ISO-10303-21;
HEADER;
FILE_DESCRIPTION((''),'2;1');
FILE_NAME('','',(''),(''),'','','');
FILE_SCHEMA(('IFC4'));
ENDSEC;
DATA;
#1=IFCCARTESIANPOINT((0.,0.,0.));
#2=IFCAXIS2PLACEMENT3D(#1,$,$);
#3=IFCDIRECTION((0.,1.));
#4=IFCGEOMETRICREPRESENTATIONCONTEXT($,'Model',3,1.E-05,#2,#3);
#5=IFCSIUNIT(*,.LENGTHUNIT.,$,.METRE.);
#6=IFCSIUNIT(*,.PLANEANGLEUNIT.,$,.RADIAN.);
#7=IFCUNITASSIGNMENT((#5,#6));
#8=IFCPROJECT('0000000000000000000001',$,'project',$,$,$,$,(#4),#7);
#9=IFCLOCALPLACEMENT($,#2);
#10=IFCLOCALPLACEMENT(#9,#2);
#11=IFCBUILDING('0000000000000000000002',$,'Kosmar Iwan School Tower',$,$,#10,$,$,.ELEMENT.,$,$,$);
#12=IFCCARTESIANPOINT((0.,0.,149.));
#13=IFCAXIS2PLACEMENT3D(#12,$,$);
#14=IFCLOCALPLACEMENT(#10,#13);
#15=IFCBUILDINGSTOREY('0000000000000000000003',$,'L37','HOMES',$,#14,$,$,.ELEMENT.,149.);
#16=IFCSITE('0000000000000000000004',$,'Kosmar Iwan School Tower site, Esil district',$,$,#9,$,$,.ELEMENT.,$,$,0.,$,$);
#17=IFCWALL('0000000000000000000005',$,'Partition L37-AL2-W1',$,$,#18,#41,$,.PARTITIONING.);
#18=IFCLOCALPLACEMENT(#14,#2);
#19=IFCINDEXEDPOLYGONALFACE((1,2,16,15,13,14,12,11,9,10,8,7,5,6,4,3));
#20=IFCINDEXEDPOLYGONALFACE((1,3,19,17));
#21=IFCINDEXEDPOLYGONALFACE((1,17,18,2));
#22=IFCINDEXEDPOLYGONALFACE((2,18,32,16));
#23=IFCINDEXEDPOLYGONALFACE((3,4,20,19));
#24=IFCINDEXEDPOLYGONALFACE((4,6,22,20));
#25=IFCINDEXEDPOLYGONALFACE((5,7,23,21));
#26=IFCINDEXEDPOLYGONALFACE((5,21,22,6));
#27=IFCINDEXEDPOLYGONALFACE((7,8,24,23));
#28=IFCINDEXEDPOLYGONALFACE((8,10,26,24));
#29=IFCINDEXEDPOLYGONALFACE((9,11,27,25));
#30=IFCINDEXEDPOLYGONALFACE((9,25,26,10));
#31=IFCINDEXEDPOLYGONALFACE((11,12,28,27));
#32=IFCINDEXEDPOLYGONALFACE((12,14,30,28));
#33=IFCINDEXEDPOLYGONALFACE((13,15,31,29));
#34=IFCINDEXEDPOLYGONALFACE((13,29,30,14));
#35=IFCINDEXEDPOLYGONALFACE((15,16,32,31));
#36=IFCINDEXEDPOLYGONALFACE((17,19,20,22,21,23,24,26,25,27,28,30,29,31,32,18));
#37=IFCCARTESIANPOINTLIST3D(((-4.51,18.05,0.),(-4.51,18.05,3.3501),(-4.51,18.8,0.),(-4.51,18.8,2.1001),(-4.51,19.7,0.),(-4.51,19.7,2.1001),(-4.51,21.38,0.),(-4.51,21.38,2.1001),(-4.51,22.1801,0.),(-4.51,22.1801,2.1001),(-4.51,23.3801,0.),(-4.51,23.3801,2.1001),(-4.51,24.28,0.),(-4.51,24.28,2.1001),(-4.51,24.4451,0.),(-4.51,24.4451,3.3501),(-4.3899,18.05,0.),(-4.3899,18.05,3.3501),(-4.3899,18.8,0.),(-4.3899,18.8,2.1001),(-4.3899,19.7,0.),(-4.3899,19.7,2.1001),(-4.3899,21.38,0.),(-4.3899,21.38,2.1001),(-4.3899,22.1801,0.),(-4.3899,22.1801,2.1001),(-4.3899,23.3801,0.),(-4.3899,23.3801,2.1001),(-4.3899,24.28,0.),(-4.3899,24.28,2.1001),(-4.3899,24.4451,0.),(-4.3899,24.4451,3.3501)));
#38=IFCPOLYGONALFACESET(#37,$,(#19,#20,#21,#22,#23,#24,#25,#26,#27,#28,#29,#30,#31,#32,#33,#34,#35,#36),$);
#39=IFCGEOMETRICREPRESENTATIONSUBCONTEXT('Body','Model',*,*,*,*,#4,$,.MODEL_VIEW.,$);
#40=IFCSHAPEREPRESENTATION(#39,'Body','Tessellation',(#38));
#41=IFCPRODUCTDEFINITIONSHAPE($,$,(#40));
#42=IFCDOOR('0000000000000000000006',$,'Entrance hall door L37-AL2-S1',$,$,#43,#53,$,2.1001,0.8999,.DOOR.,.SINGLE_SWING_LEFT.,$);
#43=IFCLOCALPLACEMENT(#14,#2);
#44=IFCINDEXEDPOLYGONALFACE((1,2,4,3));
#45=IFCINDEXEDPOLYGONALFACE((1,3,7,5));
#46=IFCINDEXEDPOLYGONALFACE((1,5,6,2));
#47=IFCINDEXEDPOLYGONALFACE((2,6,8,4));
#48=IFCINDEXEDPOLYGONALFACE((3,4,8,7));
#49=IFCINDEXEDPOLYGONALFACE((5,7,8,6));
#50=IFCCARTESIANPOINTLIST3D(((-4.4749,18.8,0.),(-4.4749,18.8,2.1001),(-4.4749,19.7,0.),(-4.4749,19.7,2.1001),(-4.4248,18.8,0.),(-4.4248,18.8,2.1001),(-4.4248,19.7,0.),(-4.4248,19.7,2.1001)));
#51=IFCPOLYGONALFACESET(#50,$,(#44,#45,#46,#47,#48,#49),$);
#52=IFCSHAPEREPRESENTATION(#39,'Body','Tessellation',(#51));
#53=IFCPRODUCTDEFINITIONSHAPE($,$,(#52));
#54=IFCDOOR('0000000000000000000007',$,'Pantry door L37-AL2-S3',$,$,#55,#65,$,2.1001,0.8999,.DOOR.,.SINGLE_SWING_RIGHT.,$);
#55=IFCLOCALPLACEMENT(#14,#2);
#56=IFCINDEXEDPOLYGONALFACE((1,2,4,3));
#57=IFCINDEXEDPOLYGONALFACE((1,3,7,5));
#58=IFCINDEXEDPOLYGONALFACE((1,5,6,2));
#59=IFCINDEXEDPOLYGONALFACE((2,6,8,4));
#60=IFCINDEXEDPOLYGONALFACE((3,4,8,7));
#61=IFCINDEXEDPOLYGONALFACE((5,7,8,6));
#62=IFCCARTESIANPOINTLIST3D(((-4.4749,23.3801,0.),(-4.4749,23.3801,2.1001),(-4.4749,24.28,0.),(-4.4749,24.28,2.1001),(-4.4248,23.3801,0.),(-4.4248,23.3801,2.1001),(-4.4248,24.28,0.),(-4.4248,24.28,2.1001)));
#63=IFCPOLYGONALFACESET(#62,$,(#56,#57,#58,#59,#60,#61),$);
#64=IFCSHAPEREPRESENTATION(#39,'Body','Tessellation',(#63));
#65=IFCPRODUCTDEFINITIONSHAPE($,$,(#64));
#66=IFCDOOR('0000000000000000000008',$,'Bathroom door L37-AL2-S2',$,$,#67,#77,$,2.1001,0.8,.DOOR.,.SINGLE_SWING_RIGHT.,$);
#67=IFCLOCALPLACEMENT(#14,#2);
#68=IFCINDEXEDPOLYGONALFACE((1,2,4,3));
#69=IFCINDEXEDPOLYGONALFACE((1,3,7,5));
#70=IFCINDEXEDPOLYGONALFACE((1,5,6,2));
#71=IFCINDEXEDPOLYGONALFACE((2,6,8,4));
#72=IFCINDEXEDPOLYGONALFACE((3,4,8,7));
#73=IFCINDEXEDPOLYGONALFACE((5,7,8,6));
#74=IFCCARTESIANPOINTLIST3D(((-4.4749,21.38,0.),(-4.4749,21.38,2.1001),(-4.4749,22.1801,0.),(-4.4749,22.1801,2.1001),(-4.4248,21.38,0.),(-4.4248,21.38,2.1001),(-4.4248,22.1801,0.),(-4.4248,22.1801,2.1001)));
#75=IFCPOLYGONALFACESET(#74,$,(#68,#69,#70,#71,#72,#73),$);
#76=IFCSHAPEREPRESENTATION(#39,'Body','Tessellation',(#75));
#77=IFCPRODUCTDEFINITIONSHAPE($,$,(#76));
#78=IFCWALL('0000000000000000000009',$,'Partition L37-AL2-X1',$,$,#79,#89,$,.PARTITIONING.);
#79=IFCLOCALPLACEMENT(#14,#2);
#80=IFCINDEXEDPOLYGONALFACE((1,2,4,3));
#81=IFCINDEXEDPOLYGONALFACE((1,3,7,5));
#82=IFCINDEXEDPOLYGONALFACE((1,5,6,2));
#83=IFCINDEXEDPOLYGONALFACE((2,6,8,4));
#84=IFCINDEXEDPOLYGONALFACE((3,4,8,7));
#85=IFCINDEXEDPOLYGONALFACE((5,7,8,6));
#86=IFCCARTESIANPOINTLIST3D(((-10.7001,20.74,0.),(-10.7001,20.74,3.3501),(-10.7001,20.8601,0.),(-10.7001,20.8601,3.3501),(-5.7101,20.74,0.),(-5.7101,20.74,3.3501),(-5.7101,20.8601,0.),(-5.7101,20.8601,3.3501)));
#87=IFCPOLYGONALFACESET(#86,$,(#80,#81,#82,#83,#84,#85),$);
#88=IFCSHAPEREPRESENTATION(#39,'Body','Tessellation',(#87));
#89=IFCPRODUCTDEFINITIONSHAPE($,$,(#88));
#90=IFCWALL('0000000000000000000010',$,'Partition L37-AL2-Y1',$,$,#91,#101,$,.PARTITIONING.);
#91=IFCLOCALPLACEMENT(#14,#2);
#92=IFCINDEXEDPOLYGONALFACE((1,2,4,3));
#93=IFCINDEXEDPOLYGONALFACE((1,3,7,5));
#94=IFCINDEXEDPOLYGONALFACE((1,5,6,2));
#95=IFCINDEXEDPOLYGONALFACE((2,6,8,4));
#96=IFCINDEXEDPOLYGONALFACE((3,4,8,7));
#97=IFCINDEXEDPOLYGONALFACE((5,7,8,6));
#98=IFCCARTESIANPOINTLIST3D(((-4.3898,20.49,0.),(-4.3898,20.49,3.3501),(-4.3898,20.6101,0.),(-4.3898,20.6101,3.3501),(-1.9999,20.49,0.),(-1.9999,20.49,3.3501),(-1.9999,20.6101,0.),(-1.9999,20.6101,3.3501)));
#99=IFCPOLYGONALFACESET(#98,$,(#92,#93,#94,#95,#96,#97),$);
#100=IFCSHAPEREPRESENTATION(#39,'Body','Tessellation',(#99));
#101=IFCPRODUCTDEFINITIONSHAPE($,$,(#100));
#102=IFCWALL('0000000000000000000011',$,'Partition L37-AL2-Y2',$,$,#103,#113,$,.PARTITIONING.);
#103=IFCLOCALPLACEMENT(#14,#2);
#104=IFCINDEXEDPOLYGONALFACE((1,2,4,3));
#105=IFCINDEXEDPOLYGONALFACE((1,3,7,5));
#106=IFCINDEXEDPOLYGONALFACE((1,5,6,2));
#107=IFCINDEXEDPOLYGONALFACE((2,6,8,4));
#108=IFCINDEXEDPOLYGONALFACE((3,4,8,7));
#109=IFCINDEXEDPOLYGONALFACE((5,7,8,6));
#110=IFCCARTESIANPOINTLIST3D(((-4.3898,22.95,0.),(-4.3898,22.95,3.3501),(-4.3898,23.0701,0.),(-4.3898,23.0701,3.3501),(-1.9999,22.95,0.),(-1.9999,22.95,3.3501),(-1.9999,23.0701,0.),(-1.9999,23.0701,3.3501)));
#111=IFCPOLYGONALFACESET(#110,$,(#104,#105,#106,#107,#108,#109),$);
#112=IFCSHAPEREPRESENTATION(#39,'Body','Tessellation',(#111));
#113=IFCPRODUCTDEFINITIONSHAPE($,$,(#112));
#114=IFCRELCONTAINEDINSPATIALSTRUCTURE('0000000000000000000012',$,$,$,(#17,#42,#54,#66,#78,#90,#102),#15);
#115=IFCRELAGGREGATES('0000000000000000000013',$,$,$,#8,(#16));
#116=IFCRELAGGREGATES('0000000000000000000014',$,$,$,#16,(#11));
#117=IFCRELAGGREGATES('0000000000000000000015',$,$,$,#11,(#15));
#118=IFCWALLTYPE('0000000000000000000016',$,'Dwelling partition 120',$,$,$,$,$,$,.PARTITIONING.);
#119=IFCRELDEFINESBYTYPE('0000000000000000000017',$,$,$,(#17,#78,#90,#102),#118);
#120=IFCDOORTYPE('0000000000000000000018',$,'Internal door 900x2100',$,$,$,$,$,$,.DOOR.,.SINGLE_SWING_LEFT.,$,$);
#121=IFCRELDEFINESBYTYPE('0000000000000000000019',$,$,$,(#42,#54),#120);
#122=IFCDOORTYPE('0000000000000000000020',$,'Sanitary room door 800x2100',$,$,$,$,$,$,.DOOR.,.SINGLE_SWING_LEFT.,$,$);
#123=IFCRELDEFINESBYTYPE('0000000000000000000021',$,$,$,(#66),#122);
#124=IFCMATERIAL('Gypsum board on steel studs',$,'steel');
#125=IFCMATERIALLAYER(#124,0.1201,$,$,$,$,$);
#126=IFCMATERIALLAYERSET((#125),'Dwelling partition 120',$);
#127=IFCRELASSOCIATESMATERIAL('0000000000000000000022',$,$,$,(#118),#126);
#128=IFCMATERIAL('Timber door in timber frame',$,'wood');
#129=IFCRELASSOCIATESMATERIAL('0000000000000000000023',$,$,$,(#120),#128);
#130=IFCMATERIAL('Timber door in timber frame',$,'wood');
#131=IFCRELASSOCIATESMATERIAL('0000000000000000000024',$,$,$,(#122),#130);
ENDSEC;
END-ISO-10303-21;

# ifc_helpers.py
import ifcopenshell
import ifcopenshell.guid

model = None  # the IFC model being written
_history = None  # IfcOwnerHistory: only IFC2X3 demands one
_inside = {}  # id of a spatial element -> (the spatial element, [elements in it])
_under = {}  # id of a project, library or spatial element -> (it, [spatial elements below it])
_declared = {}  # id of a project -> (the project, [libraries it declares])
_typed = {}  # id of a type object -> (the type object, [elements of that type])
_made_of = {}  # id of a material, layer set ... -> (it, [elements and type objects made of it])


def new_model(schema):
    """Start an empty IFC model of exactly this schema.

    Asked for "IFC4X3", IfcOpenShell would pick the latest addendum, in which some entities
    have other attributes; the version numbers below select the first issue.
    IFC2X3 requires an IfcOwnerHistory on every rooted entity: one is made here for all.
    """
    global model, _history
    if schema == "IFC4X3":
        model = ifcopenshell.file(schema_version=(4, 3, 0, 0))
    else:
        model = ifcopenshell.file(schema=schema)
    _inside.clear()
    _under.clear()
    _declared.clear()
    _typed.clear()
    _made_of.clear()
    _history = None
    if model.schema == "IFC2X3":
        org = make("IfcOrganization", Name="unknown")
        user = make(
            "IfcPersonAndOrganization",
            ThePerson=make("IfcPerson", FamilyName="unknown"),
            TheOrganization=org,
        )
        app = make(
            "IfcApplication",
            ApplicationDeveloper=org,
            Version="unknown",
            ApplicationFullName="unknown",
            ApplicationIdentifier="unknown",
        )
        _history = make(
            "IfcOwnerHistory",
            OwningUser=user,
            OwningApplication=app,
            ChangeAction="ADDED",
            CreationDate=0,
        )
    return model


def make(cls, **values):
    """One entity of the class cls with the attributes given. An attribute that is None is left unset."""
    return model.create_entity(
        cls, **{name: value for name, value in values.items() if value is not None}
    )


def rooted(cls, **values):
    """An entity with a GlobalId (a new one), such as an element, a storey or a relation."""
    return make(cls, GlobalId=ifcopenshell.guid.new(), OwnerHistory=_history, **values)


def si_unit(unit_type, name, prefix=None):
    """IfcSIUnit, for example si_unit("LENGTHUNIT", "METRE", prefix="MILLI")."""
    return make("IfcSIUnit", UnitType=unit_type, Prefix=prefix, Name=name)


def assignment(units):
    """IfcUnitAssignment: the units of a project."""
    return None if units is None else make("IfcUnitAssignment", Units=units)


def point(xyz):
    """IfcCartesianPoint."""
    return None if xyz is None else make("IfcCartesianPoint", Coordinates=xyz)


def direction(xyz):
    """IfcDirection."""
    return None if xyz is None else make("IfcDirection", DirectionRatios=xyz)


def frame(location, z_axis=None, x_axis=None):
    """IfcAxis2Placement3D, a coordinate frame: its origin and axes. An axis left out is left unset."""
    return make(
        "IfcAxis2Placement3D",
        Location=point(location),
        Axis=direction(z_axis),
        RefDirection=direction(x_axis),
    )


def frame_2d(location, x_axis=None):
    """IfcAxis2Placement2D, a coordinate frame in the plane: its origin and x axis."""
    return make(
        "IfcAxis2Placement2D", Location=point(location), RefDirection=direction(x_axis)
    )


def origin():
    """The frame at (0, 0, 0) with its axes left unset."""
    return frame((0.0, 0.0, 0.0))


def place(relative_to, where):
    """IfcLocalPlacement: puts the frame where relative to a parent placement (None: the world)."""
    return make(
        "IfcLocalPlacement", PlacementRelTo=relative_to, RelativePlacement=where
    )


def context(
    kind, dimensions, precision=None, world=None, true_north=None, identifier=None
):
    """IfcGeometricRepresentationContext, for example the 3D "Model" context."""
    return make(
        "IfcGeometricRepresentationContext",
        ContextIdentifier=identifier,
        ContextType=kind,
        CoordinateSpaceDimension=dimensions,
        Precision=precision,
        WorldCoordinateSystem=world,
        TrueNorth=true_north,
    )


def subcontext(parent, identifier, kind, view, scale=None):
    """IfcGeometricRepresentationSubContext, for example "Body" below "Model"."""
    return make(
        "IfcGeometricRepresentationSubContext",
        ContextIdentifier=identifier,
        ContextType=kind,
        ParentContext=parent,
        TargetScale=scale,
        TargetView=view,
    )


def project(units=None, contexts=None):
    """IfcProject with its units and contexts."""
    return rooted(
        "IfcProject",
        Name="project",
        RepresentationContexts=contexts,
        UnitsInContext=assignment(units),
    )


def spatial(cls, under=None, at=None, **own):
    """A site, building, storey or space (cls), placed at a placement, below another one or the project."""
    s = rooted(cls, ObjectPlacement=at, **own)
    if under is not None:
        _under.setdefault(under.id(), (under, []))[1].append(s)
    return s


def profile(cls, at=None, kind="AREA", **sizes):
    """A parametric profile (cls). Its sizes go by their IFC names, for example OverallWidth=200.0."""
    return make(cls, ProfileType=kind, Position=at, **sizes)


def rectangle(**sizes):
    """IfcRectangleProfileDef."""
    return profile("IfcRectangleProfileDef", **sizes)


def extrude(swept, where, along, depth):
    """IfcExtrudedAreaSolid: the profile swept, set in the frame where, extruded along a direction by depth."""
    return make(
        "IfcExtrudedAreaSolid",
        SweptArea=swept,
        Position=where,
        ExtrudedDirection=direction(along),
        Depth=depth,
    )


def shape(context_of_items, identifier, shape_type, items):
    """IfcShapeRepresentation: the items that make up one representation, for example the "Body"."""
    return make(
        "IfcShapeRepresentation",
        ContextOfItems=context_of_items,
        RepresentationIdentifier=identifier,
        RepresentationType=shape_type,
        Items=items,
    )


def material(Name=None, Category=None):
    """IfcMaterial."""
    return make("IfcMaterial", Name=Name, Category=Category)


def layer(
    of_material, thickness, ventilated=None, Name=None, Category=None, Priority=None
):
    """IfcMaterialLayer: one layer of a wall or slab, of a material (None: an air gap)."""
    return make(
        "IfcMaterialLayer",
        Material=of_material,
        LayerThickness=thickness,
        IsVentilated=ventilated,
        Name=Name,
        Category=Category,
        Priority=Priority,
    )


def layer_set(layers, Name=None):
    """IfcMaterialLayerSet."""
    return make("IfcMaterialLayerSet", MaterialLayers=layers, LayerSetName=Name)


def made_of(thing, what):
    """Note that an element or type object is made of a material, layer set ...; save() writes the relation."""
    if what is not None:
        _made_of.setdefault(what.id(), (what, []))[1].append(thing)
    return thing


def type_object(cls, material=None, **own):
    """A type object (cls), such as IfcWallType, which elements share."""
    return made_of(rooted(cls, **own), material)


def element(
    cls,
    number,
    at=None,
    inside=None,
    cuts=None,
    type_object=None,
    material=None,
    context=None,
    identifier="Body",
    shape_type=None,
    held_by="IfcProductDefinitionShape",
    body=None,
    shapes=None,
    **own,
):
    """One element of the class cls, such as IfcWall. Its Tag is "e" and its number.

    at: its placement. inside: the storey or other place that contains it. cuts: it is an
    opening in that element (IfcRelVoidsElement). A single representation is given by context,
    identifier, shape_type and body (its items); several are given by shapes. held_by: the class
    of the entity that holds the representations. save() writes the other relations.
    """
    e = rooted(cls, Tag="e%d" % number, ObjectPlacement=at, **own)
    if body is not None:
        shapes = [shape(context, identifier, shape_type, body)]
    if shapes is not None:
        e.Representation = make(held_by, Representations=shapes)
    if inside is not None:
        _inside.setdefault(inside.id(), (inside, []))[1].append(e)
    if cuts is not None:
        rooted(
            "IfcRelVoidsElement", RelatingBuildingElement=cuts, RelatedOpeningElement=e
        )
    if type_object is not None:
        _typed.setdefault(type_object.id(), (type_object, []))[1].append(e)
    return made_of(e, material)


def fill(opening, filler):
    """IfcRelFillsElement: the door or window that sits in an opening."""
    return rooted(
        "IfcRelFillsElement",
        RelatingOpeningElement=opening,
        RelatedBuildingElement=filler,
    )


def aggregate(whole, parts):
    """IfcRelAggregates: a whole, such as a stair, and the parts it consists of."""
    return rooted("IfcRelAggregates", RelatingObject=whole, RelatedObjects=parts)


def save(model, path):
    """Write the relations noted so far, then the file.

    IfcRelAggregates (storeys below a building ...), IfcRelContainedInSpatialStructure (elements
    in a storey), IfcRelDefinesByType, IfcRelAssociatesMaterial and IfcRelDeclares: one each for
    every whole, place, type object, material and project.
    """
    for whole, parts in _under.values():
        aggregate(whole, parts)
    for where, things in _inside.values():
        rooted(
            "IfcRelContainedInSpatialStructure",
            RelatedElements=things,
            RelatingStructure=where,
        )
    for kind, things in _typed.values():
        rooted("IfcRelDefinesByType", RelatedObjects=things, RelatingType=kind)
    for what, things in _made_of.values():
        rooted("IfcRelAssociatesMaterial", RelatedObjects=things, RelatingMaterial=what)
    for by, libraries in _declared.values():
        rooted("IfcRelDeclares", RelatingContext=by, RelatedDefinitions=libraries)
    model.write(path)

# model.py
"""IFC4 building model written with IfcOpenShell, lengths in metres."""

from ifc_helpers import new_model, si_unit, direction, frame, frame_2d, origin, place, context, subcontext, project, spatial, rectangle, extrude, material, layer, layer_set, type_object, element, fill, save


model = new_model("IFC4")

# Units and contexts
model_context = context("Model", 3, precision=1e-05, world=origin(), true_north=direction((0.0, 1.0)))
body_context = subcontext(model_context, "Body", "Model", "MODEL_VIEW")
ifc_project = project(units=[si_unit("LENGTHUNIT", "METRE"), si_unit("PLANEANGLEUNIT", "RADIAN")], contexts=[model_context])

# Site, building, storey
site_placement = place(None, origin())
site = spatial("IfcSite", under=ifc_project, at=site_placement, Name="Kosmar Iwan School Tower site, Esil district", CompositionType="ELEMENT", RefElevation=0.0)
building_placement = place(site_placement, origin())
building = spatial("IfcBuilding", under=site, at=building_placement, Name="Kosmar Iwan School Tower", CompositionType="ELEMENT")
storey_placement = place(building_placement, frame((0.0, 0.0, 149.0)))
storey = spatial("IfcBuildingStorey", under=building, at=storey_placement, Name="L37", Description="HOMES", CompositionType="ELEMENT", Elevation=149.0)

# Wall, openings, doors
ifc_material_1 = material(Name="Gypsum board on steel studs", Category="steel")
ifc_layer_1 = layer(ifc_material_1, 0.1201)
ifc_layer_set_1 = layer_set([ifc_layer_1], Name="Dwelling partition 120")
wall_type = type_object("IfcWallType", Name="Dwelling partition 120", PredefinedType="PARTITIONING", material=ifc_layer_set_1)
wall_1_placement = place(storey_placement, frame((-4.45, 18.05, 0.0), z_axis=(0.0, 0.0, 1.0), x_axis=(0.0, 1.0, 0.0)))
wall_1 = element("IfcWall", 1, at=wall_1_placement, inside=storey, type_object=wall_type, Name="Partition L37-AL2-W1", PredefinedType="PARTITIONING", context=body_context, shape_type="SweptSolid", body=[
    extrude(rectangle(XDim=6.395, YDim=0.1201, at=frame_2d((3.1975, 0.0))), origin(), (0.0, 0.0, 1.0), 3.3501),
])
opening_1_placement = place(wall_1_placement, frame((0.75, 0.0, 0.0)))
opening_1 = element("IfcOpeningElement", 2, at=opening_1_placement, cuts=wall_1, PredefinedType="OPENING", context=body_context, shape_type="SweptSolid", body=[
    extrude(rectangle(XDim=0.8999, YDim=2.1001, at=frame_2d((0.45, 1.05))), frame((0.0, 0.072, 0.0), z_axis=(0.0, -1.0, 0.0), x_axis=(1.0, 0.0, 0.0)), (0.0, 0.0, 1.0), 0.144),
])
opening_2_placement = place(wall_1_placement, frame((3.3301, 0.0, 0.0)))
opening_2 = element("IfcOpeningElement", 3, at=opening_2_placement, cuts=wall_1, PredefinedType="OPENING", context=body_context, shape_type="SweptSolid", body=[
    extrude(rectangle(XDim=0.8, YDim=2.1001, at=frame_2d((0.3999, 1.05))), frame((0.0, 0.072, 0.0), z_axis=(0.0, -1.0, 0.0), x_axis=(1.0, 0.0, 0.0)), (0.0, 0.0, 1.0), 0.144),
])
opening_3_placement = place(wall_1_placement, frame((5.3301, 0.0, 0.0)))
opening_3 = element("IfcOpeningElement", 4, at=opening_3_placement, cuts=wall_1, PredefinedType="OPENING", context=body_context, shape_type="SweptSolid", body=[
    extrude(rectangle(XDim=0.8999, YDim=2.1001, at=frame_2d((0.45, 1.05))), frame((0.0, 0.072, 0.0), z_axis=(0.0, -1.0, 0.0), x_axis=(1.0, 0.0, 0.0)), (0.0, 0.0, 1.0), 0.144),
])
ifc_material_2 = material(Name="Timber door in timber frame", Category="wood")
door_type_1 = type_object("IfcDoorType", Name="Internal door 900x2100", OperationType="SINGLE_SWING_LEFT", PredefinedType="DOOR", material=ifc_material_2)
door_1_placement = place(opening_1_placement, origin())
door_1 = element("IfcDoor", 5, at=door_1_placement, inside=storey, type_object=door_type_1, Name="Entrance hall door L37-AL2-S1", OperationType="SINGLE_SWING_LEFT", OverallHeight=2.1001, OverallWidth=0.8999, PredefinedType="DOOR", context=body_context, shape_type="SweptSolid", body=[
    extrude(rectangle(XDim=0.8999, YDim=2.1001, at=frame_2d((0.45, 1.05))), frame((0.0, 0.0249, 0.0), z_axis=(0.0, -1.0, 0.0), x_axis=(1.0, 0.0, 0.0)), (0.0, 0.0, 1.0), 0.05),
])
fill(opening_1, door_1)
door_2_placement = place(opening_3_placement, origin())
door_2 = element("IfcDoor", 6, at=door_2_placement, inside=storey, type_object=door_type_1, Name="Pantry door L37-AL2-S3", OperationType="SINGLE_SWING_RIGHT", OverallHeight=2.1001, OverallWidth=0.8999, PredefinedType="DOOR", context=body_context, shape_type="SweptSolid", body=[
    extrude(rectangle(XDim=0.8999, YDim=2.1001, at=frame_2d((0.45, 1.05))), frame((0.0, 0.0249, 0.0), z_axis=(0.0, -1.0, 0.0), x_axis=(1.0, 0.0, 0.0)), (0.0, 0.0, 1.0), 0.05),
])
fill(opening_3, door_2)
ifc_material_3 = material(Name="Timber door in timber frame", Category="wood")
door_type_2 = type_object("IfcDoorType", Name="Sanitary room door 800x2100", OperationType="SINGLE_SWING_LEFT", PredefinedType="DOOR", material=ifc_material_3)
door_3_placement = place(opening_2_placement, origin())
door_3 = element("IfcDoor", 7, at=door_3_placement, inside=storey, type_object=door_type_2, Name="Bathroom door L37-AL2-S2", OperationType="SINGLE_SWING_RIGHT", OverallHeight=2.1001, OverallWidth=0.8, PredefinedType="DOOR", context=body_context, shape_type="SweptSolid", body=[
    extrude(rectangle(XDim=0.8, YDim=2.1001, at=frame_2d((0.3999, 1.05))), frame((0.0, 0.0249, 0.0), z_axis=(0.0, -1.0, 0.0), x_axis=(1.0, 0.0, 0.0)), (0.0, 0.0, 1.0), 0.05),
])
fill(opening_2, door_3)

# Walls
wall_2_placement = place(storey_placement, frame((-5.71, 20.8, 0.0), z_axis=(0.0, 0.0, 1.0), x_axis=(-1.0, 0.0, 0.0)))
element("IfcWall", 8, at=wall_2_placement, inside=storey, type_object=wall_type, Name="Partition L37-AL2-X1", PredefinedType="PARTITIONING", context=body_context, shape_type="SweptSolid", body=[
    extrude(rectangle(XDim=4.99, YDim=0.1201, at=frame_2d((2.4951, 0.0))), origin(), (0.0, 0.0, 1.0), 3.3501),
])
for number, where, z_axis, x_axis, name in (
    (9, (-2.0, 20.55, 0.0), (0.0, 0.0, 1.0), (-1.0, 0.0, 0.0), "Partition L37-AL2-Y1"),
    (10, (-2.0, 23.01, 0.0), (0.0, 0.0, 1.0), (-1.0, 0.0, 0.0), "Partition L37-AL2-Y2"),
):
    element("IfcWall", number, at=place(storey_placement, frame(where, z_axis=z_axis, x_axis=x_axis)), inside=storey, type_object=wall_type, Name=name, PredefinedType="PARTITIONING", context=body_context, shape_type="SweptSolid", body=[
        extrude(rectangle(XDim=2.3899, YDim=0.1201, at=frame_2d((1.1948, 0.0))), origin(), (0.0, 0.0, 1.0), 3.3501),
    ])

save(model, "model.ifc")
